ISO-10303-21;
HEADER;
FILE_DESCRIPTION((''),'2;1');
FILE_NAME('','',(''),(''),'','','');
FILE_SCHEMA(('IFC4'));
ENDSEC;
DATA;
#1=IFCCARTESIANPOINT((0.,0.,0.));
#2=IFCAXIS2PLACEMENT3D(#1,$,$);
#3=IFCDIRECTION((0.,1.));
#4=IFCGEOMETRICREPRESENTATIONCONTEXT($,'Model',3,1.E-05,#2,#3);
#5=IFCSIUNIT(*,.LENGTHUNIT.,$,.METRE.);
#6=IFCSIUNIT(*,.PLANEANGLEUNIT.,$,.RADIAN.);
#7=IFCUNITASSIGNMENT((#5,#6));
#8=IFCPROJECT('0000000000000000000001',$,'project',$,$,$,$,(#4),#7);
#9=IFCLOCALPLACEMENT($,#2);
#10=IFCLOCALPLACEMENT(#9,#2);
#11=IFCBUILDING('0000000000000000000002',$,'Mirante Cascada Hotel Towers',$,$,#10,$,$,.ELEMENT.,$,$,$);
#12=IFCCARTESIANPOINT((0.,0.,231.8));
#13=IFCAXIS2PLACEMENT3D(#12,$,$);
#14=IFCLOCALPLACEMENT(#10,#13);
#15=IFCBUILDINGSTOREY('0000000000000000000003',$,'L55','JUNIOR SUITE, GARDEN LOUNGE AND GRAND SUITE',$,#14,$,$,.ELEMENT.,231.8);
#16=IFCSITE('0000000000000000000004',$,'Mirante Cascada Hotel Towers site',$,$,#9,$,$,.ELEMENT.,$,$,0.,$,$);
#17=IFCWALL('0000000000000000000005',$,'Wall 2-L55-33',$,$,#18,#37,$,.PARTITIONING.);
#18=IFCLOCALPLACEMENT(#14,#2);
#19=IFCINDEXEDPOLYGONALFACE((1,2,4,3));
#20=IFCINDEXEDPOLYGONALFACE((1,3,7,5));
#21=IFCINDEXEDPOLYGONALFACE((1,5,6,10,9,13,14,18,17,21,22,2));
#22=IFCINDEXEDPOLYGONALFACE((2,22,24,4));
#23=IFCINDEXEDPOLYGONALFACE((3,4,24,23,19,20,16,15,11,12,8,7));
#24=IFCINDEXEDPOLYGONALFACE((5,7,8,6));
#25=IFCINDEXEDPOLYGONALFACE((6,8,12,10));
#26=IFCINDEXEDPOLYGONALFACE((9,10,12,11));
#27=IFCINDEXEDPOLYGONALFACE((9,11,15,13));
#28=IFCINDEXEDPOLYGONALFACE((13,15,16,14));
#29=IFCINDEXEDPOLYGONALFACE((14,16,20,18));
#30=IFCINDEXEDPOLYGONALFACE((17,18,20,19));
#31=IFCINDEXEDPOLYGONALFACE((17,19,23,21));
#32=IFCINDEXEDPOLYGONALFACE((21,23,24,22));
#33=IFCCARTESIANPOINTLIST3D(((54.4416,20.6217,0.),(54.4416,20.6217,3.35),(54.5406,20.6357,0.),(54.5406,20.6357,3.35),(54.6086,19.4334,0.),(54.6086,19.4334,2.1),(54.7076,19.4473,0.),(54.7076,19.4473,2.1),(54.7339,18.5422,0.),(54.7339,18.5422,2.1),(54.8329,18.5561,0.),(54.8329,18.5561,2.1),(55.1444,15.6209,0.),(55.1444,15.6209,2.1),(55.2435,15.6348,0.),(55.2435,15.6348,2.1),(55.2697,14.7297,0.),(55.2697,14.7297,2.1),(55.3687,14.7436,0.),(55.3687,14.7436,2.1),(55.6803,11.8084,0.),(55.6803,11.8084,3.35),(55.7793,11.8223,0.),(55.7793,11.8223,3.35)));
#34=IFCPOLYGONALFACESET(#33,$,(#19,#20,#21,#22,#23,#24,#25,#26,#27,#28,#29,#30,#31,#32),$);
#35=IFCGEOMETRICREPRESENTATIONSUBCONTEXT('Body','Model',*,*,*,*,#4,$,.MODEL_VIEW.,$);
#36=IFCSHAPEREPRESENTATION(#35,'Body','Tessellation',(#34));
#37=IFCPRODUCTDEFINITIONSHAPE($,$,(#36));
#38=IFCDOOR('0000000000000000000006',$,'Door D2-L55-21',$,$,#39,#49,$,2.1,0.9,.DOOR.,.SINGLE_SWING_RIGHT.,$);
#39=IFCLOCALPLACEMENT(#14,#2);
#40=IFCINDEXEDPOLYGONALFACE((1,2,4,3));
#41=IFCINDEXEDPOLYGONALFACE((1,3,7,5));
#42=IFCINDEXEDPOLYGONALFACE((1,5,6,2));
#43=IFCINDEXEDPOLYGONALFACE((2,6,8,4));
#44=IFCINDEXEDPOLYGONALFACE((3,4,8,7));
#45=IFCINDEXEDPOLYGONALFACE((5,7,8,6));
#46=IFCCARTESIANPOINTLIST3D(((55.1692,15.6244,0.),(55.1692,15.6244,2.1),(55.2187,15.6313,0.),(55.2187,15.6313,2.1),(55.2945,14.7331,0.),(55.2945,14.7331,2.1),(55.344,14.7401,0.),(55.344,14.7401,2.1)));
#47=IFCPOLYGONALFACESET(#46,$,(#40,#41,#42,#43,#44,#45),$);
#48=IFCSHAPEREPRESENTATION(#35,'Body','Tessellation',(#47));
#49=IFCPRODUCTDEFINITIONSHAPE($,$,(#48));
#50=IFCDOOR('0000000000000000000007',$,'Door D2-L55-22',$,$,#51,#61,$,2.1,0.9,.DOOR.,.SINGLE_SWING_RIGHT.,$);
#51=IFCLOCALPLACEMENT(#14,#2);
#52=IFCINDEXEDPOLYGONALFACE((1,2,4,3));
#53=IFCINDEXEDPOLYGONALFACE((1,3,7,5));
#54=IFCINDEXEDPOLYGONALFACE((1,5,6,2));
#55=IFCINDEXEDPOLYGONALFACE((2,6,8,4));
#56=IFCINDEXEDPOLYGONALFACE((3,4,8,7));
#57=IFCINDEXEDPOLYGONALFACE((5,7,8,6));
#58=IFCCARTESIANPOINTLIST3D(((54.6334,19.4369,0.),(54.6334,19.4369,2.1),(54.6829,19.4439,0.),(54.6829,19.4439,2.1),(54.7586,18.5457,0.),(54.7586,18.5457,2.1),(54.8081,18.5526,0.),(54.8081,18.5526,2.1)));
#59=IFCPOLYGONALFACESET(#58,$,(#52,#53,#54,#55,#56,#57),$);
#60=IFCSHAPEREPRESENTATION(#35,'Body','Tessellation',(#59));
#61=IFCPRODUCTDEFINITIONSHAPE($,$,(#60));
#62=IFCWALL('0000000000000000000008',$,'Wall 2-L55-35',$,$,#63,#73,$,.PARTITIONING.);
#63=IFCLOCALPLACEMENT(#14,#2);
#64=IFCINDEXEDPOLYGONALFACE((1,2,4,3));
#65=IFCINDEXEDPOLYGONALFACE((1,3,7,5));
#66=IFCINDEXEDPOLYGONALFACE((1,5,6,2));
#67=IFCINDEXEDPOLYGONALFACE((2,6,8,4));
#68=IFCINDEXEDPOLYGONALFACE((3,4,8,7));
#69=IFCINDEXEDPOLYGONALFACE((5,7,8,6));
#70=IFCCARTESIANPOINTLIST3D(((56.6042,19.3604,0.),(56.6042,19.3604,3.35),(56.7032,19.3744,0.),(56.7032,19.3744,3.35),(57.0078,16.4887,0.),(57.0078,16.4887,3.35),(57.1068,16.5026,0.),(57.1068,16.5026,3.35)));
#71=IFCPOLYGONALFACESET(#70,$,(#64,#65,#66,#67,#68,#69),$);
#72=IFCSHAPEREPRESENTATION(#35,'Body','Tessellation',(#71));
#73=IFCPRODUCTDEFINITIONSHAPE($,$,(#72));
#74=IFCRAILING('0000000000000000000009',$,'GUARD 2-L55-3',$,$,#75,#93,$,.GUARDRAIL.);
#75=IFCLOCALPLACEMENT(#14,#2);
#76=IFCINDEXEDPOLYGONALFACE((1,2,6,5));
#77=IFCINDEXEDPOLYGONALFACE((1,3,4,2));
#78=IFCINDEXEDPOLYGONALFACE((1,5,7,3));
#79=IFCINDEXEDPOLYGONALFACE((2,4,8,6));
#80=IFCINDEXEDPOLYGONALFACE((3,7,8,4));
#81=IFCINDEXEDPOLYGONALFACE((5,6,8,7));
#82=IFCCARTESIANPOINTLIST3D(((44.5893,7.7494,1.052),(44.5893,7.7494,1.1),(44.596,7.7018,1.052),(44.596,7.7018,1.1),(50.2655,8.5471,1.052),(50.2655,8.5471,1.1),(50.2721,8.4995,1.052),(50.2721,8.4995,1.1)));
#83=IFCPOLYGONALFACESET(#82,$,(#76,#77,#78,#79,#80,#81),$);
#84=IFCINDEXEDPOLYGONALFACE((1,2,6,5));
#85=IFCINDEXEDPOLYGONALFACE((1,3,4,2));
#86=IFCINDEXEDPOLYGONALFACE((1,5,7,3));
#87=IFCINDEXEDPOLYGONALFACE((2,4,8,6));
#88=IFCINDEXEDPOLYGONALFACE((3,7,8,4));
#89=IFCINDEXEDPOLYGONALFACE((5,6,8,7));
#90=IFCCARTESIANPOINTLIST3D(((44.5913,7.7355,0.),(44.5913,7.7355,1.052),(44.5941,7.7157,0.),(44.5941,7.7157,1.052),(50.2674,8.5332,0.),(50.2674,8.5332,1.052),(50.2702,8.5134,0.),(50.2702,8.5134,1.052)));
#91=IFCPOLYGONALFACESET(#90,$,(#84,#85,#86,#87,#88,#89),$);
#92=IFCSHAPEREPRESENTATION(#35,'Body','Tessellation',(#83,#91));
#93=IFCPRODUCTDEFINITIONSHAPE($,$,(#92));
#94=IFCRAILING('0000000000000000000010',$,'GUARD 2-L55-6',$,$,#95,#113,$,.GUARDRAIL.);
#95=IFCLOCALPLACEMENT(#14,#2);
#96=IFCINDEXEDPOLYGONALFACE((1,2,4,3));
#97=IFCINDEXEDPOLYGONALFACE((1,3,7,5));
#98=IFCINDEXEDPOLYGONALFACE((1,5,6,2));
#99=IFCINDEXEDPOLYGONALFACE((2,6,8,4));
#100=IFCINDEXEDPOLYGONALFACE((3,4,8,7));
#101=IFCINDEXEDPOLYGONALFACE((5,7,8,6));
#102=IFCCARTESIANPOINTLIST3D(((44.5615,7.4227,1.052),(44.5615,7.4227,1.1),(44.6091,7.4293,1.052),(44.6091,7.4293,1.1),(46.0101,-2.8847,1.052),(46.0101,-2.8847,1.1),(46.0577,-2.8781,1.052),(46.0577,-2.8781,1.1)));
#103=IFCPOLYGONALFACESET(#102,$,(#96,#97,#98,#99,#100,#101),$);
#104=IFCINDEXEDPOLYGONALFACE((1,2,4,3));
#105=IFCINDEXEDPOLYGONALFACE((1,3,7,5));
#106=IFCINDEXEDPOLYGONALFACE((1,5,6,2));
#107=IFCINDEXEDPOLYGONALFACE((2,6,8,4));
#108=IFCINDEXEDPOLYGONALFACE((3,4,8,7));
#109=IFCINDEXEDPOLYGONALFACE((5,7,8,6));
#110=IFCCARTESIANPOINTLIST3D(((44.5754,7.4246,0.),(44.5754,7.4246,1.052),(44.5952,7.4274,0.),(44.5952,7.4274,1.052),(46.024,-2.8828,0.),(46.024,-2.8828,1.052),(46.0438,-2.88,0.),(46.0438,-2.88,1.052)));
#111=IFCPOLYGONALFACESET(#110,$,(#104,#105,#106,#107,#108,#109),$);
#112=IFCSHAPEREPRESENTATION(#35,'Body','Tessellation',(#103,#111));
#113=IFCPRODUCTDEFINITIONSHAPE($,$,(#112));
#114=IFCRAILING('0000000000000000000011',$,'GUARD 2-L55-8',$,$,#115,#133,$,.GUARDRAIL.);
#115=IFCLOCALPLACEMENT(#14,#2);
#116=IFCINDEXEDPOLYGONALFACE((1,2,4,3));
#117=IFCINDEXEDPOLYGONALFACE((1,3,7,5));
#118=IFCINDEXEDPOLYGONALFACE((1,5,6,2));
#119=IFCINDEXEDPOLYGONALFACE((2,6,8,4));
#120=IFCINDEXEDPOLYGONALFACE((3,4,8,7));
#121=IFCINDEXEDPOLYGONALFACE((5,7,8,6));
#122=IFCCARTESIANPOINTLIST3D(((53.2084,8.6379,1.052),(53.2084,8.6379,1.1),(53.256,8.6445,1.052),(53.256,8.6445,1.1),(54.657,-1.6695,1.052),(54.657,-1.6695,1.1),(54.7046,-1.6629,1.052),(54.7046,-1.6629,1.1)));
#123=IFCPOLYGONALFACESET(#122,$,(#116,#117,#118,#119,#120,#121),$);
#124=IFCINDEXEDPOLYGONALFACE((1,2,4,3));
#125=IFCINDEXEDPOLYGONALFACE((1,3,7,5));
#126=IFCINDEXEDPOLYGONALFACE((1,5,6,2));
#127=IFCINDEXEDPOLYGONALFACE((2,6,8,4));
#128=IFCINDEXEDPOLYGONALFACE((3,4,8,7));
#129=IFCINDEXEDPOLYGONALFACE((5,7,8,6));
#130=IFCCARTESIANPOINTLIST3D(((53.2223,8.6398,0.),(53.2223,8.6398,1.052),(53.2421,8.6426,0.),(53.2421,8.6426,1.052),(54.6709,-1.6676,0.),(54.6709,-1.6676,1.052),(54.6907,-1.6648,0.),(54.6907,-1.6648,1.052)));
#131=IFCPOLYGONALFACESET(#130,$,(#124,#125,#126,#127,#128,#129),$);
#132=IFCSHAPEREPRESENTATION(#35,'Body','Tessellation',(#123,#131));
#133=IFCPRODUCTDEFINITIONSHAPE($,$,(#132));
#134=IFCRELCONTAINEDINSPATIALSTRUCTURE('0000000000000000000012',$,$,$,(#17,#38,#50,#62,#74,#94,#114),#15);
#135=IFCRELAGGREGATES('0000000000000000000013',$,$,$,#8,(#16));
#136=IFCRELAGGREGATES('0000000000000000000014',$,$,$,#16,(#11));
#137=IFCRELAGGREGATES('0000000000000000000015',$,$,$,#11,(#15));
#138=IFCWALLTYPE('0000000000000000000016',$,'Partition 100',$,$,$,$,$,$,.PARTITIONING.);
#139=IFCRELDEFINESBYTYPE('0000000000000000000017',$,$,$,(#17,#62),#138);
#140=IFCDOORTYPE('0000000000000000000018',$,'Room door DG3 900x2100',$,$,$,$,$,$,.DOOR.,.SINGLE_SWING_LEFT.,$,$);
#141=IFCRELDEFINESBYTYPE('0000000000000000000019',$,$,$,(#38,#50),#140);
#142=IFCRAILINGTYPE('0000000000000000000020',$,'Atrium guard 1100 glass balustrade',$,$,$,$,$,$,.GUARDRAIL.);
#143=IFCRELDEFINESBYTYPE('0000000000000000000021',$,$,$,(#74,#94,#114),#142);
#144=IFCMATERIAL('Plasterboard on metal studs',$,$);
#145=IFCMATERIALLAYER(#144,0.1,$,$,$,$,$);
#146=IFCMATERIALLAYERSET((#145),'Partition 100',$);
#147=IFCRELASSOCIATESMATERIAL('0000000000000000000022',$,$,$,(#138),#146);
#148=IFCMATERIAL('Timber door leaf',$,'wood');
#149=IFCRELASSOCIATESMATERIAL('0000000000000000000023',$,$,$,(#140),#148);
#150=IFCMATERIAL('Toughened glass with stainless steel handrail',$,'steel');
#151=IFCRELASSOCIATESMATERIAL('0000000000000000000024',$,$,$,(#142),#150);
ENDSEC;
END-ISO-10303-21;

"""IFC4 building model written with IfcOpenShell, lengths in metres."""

from ifc_helpers import new_model, si_unit, direction, frame, frame_2d, origin, origin_2d, place, context, subcontext, project, spatial, rectangle, extrude, material, layer, layer_set, type_object, element, fill, save


model = new_model("IFC4")

# Units and contexts
model_context = context("Model", 3, precision=1e-05, world=origin(), true_north=direction((0.0, 1.0)))
body_context = subcontext(model_context, "Body", "Model", "MODEL_VIEW")
ifc_project = project(units=[si_unit("LENGTHUNIT", "METRE"), si_unit("PLANEANGLEUNIT", "RADIAN")], contexts=[model_context])

# Site, building, storey
site_placement = place(None, origin())
site = spatial("IfcSite", under=ifc_project, at=site_placement, Name="Mirante Cascada Hotel Towers site", CompositionType="ELEMENT", RefElevation=0.0)
building_placement = place(site_placement, origin())
building = spatial("IfcBuilding", under=site, at=building_placement, Name="Mirante Cascada Hotel Towers", CompositionType="ELEMENT")
storey_placement = place(building_placement, frame((0.0, 0.0, 231.8)))
storey = spatial("IfcBuildingStorey", under=building, at=storey_placement, Name="L55", Description="JUNIOR SUITE, GARDEN LOUNGE AND GRAND SUITE", CompositionType="ELEMENT", Elevation=231.8)

# Shared definitions
ifc_material_1 = material(Name="Plasterboard on metal studs")
ifc_layer_1 = layer(ifc_material_1, 0.1)
ifc_layer_set_1 = layer_set([ifc_layer_1], Name="Partition 100")
wall_type_1 = type_object("IfcWallType", Name="Partition 100", PredefinedType="PARTITIONING", material=ifc_layer_set_1)

# Shared definitions
ifc_material_2 = material(Name="Timber door leaf", Category="wood")
door_type_1 = type_object("IfcDoorType", Name="Room door DG3 900x2100", OperationType="SINGLE_SWING_LEFT", PredefinedType="DOOR", material=ifc_material_2)

# Wall, openings, doors
wall_1_placement = place(storey_placement, frame((54.4911, 20.6287, 0.0), z_axis=(0.0, 0.0, 1.0), x_axis=(0.139179, -0.990267, 0.0)))
wall_1 = element("IfcWall", 1, at=wall_1_placement, inside=storey, type_object=wall_type_1, Name="Wall 2-L55-33", PredefinedType="PARTITIONING", context=body_context, shape_type="SweptSolid", body=[
    extrude(rectangle(XDim=8.9, YDim=0.1, at=frame_2d((4.45, 0.0))), origin(), (0.0, 0.0, 1.0), 3.35),
])
opening_1_placement = place(wall_1_placement, frame((5.05, 0.0, 0.0)))
opening_1 = element("IfcOpeningElement", 2, at=opening_1_placement, cuts=wall_1, PredefinedType="OPENING", context=body_context, shape_type="SweptSolid", body=[
    extrude(rectangle(XDim=0.9, YDim=2.1, at=frame_2d((0.45, 1.05))), frame((0.0, 0.05, 0.0), z_axis=(0.0, -1.0, 0.0), x_axis=(1.0, 0.0, 0.0)), (0.0, 0.0, 1.0), 0.1),
])
opening_2_placement = place(wall_1_placement, frame((1.2, 0.0, 0.0)))
opening_2 = element("IfcOpeningElement", 3, at=opening_2_placement, cuts=wall_1, PredefinedType="OPENING", context=body_context, shape_type="SweptSolid", body=[
    extrude(rectangle(XDim=0.9, YDim=2.1, at=frame_2d((0.45, 1.05))), frame((0.0, 0.05, 0.0), z_axis=(0.0, -1.0, 0.0), x_axis=(1.0, 0.0, 0.0)), (0.0, 0.0, 1.0), 0.1),
])
door_1_placement = place(opening_1_placement, frame((0.9, 0.0, 0.0), z_axis=(0.0, 0.0, 1.0), x_axis=(-1.0, 0.0, 0.0)))
door_1 = element("IfcDoor", 4, at=door_1_placement, inside=storey, type_object=door_type_1, Name="Door D2-L55-21", OperationType="SINGLE_SWING_RIGHT", OverallHeight=2.1, OverallWidth=0.9, PredefinedType="DOOR", context=body_context, shape_type="SweptSolid", body=[
    extrude(rectangle(XDim=0.9, YDim=2.1, at=frame_2d((0.45, 1.05))), frame((0.0, 0.025, 0.0), z_axis=(0.0, -1.0, 0.0), x_axis=(1.0, 0.0, 0.0)), (0.0, 0.0, 1.0), 0.05),
])
fill(opening_1, door_1)
door_2_placement = place(opening_2_placement, frame((0.9, 0.0, 0.0), z_axis=(0.0, 0.0, 1.0), x_axis=(-1.0, 0.0, 0.0)))
door_2 = element("IfcDoor", 5, at=door_2_placement, inside=storey, type_object=door_type_1, Name="Door D2-L55-22", OperationType="SINGLE_SWING_RIGHT", OverallHeight=2.1, OverallWidth=0.9, PredefinedType="DOOR", context=body_context, shape_type="SweptSolid", body=[
    extrude(rectangle(XDim=0.9, YDim=2.1, at=frame_2d((0.45, 1.05))), frame((0.0, 0.025, 0.0), z_axis=(0.0, -1.0, 0.0), x_axis=(1.0, 0.0, 0.0)), (0.0, 0.0, 1.0), 0.05),
])
fill(opening_2, door_2)

# Wall
wall_2_placement = place(storey_placement, frame((56.6537, 19.3674, 0.0), z_axis=(0.0, 0.0, 1.0), x_axis=(0.139171, -0.990268, 0.0)))
element("IfcWall", 6, at=wall_2_placement, inside=storey, type_object=wall_type_1, Name="Wall 2-L55-35", PredefinedType="PARTITIONING", context=body_context, shape_type="SweptSolid", body=[
    extrude(rectangle(XDim=2.9, YDim=0.1, at=frame_2d((1.45, 0.0))), origin(), (0.0, 0.0, 1.0), 3.35),
])

# Railings
ifc_material_3 = material(Name="Toughened glass with stainless steel handrail", Category="steel")
railing_type = type_object("IfcRailingType", Name="Atrium guard 1100 glass balustrade", PredefinedType="GUARDRAIL", material=ifc_material_3)
railing_placement = place(storey_placement, frame((50.2688, 8.5233, 0.0)))
element("IfcRailing", 7, at=railing_placement, inside=storey, type_object=railing_type, Name="GUARD 2-L55-3", PredefinedType="GUARDRAIL", context=body_context, shape_type="SweptSolid", body=[
    extrude(rectangle(XDim=0.048, YDim=0.048, at=origin_2d()), frame((0.0, 0.0, 1.076), z_axis=(-0.990269, -0.139169, 0.0), x_axis=(0.139169, -0.990269, 0.0)), (0.0, 0.0, 1.0), 5.7319),
    extrude(rectangle(XDim=0.02, YDim=1.052, at=origin_2d()), frame((0.0, 0.0, 0.526), z_axis=(-0.990269, -0.139169, 0.0), x_axis=(0.139169, -0.990269, 0.0)), (0.0, 0.0, 1.0), 5.7319),
])
for number, where, name in (
    (8, (44.5853, 7.426, 0.0), "GUARD 2-L55-6"),
    (9, (53.2322, 8.6412, 0.0), "GUARD 2-L55-8"),
):
    element("IfcRailing", number, at=place(storey_placement, frame(where)), inside=storey, type_object=railing_type, Name=name, PredefinedType="GUARDRAIL", context=body_context, shape_type="SweptSolid", body=[
        extrude(rectangle(XDim=0.048, YDim=0.048, at=origin_2d()), frame((0.0, 0.0, 1.076), z_axis=(0.139172, -0.990268, 0.0), x_axis=(0.990268, 0.139172, 0.0)), (0.0, 0.0, 1.0), 10.4087),
        extrude(rectangle(XDim=0.02, YDim=1.052, at=origin_2d()), frame((0.0, 0.0, 0.526), z_axis=(0.139172, -0.990268, 0.0), x_axis=(0.990268, 0.139172, 0.0)), (0.0, 0.0, 1.0), 10.4087),
    ])

save(model, "model.ifc")
